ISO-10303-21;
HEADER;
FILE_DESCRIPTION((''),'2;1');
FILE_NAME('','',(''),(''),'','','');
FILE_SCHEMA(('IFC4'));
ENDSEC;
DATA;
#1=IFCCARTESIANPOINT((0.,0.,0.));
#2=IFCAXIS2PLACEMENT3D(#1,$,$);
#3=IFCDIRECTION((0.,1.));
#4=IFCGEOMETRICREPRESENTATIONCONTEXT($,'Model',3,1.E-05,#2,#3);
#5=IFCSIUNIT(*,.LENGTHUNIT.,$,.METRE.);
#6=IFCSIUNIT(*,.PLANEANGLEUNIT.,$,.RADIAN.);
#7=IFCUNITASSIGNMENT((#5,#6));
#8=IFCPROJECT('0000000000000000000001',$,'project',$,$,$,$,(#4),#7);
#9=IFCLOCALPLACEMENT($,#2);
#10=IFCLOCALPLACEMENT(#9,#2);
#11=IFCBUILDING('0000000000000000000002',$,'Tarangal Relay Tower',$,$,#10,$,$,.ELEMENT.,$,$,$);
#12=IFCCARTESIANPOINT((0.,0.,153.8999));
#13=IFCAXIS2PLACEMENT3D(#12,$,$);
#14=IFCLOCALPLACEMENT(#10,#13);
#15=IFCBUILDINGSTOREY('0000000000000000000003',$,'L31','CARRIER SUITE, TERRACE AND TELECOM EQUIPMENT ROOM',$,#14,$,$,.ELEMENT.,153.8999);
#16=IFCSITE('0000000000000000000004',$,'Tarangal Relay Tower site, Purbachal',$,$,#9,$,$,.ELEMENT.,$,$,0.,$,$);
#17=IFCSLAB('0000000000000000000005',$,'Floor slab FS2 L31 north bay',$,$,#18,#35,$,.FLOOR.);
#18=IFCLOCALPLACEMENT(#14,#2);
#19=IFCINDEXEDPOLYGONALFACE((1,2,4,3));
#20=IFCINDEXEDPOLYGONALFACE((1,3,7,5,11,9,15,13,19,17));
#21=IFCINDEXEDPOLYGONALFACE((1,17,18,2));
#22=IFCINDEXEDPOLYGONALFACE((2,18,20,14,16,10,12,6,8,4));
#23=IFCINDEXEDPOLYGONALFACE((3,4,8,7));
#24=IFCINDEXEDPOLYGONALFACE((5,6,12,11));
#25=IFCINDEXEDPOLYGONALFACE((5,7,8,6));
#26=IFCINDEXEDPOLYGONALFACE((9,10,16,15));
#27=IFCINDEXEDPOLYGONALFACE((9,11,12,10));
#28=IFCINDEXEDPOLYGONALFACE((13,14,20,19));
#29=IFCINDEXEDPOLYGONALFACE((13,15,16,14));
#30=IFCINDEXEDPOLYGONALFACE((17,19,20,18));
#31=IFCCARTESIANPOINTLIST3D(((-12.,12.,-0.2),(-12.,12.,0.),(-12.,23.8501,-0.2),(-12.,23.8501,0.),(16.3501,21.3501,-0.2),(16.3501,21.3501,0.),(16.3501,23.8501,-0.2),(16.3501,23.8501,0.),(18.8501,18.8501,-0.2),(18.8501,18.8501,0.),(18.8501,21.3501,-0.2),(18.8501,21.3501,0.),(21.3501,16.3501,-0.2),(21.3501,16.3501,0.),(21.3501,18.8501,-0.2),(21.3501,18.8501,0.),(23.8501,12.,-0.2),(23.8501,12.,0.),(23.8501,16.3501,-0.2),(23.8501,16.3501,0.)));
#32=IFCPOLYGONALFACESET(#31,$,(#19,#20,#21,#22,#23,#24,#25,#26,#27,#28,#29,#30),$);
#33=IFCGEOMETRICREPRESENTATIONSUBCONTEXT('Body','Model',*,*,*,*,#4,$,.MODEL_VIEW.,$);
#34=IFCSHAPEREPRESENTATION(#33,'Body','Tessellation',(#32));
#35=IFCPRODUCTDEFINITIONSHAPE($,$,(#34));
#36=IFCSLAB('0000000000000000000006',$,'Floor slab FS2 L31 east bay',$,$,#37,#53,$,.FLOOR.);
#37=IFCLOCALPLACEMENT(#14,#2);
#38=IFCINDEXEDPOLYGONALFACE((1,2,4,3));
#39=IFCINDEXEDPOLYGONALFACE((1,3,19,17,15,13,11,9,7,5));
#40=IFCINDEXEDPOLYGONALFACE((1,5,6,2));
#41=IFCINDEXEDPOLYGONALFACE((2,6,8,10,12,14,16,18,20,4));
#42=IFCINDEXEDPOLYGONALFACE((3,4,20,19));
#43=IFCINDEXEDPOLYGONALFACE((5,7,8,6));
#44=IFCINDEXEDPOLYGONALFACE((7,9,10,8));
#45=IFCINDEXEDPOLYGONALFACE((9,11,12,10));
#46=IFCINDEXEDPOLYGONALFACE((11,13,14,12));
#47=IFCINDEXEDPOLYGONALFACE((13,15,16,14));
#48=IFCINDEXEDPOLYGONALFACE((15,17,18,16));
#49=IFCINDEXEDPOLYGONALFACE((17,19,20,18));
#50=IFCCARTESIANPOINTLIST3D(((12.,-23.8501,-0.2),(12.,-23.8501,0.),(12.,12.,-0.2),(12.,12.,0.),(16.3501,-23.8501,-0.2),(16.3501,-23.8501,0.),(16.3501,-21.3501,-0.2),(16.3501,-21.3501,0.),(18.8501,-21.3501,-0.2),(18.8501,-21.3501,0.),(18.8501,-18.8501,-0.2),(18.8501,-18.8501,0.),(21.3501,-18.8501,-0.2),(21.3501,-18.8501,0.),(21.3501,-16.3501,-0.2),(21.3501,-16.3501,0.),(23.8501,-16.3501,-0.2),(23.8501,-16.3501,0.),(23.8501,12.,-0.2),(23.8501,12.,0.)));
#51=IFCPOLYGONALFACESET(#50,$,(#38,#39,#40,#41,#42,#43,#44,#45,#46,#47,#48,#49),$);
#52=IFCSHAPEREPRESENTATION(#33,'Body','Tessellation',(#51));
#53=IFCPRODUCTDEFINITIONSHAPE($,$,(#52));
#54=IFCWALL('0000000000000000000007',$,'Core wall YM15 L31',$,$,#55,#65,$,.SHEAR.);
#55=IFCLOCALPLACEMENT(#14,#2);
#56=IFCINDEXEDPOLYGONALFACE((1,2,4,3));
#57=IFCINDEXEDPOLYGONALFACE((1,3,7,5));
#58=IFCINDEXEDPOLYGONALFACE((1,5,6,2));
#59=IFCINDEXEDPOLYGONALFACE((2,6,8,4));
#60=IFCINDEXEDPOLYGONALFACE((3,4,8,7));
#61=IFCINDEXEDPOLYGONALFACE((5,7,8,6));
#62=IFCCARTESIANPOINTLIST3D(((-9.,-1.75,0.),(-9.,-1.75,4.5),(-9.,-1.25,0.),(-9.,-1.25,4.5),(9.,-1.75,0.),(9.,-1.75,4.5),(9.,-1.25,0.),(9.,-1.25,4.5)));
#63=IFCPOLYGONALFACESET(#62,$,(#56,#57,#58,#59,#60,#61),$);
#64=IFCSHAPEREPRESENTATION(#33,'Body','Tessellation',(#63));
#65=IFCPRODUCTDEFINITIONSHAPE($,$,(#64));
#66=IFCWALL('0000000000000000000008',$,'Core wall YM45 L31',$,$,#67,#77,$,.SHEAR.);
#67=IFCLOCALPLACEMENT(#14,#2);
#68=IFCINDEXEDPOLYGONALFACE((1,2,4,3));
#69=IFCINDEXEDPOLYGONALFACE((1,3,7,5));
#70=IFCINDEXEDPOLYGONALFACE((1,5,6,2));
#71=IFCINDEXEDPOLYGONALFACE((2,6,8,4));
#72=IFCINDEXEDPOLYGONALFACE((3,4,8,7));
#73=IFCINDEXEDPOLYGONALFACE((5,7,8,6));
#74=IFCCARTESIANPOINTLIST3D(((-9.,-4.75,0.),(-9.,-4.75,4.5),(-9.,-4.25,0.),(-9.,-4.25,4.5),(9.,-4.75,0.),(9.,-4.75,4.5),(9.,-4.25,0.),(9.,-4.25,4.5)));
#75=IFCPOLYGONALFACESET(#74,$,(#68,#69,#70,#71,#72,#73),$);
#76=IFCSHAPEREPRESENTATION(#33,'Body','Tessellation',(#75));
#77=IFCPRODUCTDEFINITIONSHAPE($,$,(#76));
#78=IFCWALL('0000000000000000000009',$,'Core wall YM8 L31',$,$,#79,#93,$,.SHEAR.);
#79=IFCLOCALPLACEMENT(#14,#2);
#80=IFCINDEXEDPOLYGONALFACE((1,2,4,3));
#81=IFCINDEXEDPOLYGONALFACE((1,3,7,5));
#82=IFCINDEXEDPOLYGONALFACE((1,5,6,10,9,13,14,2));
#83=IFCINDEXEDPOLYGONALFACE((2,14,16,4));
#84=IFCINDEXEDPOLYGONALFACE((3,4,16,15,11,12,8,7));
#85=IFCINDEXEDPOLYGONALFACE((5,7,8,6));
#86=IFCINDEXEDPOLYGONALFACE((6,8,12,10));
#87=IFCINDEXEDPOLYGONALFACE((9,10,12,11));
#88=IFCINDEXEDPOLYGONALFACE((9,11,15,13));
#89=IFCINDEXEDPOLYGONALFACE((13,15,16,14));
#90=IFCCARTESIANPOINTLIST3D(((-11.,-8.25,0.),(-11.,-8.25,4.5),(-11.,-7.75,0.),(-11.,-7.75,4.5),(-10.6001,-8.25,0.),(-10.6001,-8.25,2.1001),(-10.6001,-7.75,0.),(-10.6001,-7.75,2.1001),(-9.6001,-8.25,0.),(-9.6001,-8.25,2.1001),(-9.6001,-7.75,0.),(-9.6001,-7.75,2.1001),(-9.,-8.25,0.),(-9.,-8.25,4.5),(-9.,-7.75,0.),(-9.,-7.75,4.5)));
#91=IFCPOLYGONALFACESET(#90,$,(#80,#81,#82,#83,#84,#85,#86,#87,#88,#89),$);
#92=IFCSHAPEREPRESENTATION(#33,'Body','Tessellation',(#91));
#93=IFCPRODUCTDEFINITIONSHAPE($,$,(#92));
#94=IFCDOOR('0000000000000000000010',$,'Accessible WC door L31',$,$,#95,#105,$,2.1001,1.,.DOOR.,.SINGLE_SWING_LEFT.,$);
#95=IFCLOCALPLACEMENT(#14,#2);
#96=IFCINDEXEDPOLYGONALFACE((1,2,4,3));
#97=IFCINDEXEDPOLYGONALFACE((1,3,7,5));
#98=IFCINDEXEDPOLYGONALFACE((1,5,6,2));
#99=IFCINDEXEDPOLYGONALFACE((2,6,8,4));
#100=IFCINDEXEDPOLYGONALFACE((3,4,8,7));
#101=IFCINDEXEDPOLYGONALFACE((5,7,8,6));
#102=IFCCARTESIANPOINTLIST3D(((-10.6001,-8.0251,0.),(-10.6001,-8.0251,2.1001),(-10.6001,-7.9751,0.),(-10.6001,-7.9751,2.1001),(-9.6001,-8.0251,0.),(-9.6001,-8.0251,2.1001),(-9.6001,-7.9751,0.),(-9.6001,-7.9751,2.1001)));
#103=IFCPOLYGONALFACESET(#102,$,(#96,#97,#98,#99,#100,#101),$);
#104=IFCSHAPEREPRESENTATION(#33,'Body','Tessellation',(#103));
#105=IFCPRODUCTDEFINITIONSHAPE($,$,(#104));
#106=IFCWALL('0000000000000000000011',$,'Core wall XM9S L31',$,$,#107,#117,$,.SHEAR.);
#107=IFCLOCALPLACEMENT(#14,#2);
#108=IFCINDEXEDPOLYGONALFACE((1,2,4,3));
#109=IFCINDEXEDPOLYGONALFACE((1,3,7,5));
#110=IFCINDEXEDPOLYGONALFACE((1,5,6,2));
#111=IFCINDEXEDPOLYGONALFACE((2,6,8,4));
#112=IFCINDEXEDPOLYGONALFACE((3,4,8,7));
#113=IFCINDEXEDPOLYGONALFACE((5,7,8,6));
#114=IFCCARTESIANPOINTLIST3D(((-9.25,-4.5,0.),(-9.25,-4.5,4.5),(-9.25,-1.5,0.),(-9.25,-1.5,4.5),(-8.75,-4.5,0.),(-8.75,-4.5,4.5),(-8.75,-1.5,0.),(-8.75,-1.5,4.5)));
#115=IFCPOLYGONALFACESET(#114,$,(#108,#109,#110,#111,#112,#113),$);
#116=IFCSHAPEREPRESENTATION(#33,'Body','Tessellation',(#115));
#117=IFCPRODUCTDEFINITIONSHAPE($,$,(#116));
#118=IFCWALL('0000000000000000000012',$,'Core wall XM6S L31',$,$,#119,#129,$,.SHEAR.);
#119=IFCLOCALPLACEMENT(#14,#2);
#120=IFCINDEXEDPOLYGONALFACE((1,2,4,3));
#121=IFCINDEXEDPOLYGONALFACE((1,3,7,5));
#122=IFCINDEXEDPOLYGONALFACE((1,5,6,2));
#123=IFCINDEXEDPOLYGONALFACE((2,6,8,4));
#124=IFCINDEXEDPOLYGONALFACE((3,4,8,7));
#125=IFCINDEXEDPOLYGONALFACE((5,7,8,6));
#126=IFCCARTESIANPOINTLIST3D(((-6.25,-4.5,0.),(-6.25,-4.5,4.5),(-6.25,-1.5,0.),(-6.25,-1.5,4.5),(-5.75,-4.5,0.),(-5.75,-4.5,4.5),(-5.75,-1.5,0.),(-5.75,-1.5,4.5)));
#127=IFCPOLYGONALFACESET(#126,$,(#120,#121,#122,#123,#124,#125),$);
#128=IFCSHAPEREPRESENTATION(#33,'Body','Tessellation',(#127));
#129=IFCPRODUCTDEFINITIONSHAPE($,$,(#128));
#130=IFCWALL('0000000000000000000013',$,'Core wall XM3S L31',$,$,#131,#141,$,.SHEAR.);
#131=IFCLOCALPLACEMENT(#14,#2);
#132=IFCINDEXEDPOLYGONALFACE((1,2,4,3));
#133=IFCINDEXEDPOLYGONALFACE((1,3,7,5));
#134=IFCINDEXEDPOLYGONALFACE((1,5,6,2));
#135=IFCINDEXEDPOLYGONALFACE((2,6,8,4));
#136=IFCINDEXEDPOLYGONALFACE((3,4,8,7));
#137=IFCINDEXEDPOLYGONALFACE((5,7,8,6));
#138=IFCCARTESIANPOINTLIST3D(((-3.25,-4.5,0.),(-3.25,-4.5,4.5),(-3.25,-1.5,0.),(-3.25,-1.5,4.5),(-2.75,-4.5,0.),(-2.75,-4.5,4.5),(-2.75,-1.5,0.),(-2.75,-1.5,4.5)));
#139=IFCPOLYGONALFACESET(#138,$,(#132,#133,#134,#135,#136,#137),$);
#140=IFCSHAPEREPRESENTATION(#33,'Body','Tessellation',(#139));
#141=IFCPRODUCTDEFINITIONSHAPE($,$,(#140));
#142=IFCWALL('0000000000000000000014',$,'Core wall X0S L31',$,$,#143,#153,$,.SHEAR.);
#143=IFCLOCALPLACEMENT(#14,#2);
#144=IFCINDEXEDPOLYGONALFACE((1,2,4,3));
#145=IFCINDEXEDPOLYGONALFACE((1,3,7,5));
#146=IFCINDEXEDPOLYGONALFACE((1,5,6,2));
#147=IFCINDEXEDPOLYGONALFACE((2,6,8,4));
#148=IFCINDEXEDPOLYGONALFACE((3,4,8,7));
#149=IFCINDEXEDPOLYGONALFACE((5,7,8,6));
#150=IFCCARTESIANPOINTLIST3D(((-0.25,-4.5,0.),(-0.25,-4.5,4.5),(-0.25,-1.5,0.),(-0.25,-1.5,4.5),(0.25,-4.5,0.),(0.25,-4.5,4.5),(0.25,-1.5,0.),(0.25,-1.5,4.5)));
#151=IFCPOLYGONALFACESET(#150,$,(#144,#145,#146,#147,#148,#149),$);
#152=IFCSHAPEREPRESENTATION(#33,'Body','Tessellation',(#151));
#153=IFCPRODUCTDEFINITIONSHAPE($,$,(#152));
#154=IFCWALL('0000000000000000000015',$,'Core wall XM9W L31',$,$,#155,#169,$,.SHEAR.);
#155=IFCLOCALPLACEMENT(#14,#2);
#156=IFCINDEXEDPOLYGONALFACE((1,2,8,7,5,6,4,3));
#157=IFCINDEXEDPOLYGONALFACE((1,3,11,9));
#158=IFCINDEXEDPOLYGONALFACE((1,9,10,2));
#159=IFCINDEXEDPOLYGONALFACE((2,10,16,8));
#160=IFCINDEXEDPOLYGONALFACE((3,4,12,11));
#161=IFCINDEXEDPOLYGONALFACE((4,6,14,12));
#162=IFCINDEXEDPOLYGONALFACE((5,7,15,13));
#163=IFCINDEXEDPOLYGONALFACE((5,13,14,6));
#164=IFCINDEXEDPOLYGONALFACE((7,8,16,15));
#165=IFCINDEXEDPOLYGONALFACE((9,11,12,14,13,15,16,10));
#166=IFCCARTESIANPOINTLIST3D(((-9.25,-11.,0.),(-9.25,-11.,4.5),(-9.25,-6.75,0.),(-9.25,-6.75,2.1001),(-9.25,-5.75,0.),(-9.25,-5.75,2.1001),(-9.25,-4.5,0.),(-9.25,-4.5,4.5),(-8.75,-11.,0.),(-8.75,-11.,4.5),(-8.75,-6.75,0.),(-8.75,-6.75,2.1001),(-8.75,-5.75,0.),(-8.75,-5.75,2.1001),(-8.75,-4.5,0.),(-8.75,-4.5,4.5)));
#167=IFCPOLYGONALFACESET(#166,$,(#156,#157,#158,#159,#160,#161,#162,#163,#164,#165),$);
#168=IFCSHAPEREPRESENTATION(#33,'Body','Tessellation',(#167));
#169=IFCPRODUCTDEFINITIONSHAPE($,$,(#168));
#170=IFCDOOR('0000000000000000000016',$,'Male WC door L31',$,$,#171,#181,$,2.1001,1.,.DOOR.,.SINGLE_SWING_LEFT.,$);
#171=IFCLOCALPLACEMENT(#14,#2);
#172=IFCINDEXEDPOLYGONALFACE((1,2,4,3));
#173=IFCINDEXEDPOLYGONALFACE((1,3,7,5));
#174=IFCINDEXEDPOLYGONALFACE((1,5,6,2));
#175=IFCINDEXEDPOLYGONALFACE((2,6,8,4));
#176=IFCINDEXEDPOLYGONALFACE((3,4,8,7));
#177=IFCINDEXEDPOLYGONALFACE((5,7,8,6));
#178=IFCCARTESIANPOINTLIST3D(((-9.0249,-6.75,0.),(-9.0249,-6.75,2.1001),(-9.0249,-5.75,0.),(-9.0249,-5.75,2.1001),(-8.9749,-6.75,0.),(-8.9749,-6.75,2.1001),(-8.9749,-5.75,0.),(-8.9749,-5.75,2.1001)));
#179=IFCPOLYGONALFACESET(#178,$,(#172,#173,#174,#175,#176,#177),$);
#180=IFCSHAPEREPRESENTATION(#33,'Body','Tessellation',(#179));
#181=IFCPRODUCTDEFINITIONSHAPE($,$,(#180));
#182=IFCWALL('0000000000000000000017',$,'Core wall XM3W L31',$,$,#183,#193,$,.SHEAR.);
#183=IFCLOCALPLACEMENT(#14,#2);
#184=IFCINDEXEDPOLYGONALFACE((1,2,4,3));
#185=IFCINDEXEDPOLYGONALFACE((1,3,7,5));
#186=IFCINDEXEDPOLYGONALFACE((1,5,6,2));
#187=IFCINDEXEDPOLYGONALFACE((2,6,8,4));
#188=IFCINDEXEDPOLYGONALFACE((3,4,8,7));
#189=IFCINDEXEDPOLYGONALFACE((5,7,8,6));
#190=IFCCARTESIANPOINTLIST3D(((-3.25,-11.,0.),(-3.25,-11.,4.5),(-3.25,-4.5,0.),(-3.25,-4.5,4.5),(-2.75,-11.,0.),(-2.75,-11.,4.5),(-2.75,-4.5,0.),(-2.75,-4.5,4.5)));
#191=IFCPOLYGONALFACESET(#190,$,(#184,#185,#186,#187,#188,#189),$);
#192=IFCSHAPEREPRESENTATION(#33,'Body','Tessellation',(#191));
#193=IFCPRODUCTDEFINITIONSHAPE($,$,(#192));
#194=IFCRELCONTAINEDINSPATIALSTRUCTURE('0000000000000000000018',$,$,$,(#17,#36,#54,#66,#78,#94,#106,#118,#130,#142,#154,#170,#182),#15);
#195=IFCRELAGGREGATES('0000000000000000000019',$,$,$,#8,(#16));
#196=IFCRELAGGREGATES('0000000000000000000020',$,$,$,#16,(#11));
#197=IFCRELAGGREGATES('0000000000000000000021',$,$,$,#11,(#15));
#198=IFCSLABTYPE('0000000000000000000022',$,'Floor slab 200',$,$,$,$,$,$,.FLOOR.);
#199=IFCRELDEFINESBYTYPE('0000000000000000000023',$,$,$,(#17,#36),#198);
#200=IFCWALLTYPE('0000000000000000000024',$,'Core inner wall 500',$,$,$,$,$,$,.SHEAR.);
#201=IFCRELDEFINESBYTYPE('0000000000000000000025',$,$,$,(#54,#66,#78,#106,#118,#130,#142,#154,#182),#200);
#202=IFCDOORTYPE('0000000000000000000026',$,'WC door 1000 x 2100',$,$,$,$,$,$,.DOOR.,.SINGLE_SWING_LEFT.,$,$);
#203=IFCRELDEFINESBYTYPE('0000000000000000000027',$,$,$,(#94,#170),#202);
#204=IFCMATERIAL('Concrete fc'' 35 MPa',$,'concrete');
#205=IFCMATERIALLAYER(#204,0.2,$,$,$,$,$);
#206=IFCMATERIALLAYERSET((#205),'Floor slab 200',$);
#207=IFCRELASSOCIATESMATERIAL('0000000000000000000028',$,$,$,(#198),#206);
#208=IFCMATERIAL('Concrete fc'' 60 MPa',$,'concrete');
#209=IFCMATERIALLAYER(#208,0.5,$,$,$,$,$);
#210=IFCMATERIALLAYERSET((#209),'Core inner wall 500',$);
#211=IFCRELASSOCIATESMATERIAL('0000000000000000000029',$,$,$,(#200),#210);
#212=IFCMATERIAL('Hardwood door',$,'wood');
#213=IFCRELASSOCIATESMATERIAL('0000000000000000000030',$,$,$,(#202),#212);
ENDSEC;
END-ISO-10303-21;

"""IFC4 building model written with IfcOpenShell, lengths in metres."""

from ifc_helpers import new_model, si_unit, direction, frame, frame_2d, origin, place, context, subcontext, project, spatial, polyline, rectangle, outline, extrude, material, layer, layer_set, type_object, element, fill, save


model = new_model("IFC4")

# Units and contexts
model_context = context("Model", 3, precision=1e-05, world=origin(), true_north=direction((0.0, 1.0)))
body_context = subcontext(model_context, "Body", "Model", "MODEL_VIEW")
ifc_project = project(units=[si_unit("LENGTHUNIT", "METRE"), si_unit("PLANEANGLEUNIT", "RADIAN")], contexts=[model_context])

# Site, building, storey
site_placement = place(None, origin())
site = spatial("IfcSite", under=ifc_project, at=site_placement, Name="Tarangal Relay Tower site, Purbachal", CompositionType="ELEMENT", RefElevation=0.0)
building_placement = place(site_placement, origin())
building = spatial("IfcBuilding", under=site, at=building_placement, Name="Tarangal Relay Tower", CompositionType="ELEMENT")
storey_placement = place(building_placement, frame((0.0, 0.0, 153.8999)))
storey = spatial("IfcBuildingStorey", under=building, at=storey_placement, Name="L31", Description="CARRIER SUITE, TERRACE AND TELECOM EQUIPMENT ROOM", CompositionType="ELEMENT", Elevation=153.8999)

# Slabs
ifc_material_1 = material(Name="Concrete fc' 35 MPa", Category="concrete")
ifc_layer_1 = layer(ifc_material_1, 0.2)
ifc_layer_set_1 = layer_set([ifc_layer_1], Name="Floor slab 200")
slab_type = type_object("IfcSlabType", Name="Floor slab 200", PredefinedType="FLOOR", material=ifc_layer_set_1)
slab_1_placement = place(storey_placement, frame((0.0, 0.0, -0.2)))
element("IfcSlab", 1, at=slab_1_placement, inside=storey, type_object=slab_type, Name="Floor slab FS2 L31 north bay", PredefinedType="FLOOR", context=body_context, shape_type="SweptSolid", body=[
    extrude(outline(polyline([(16.3501, 23.8501), (16.3501, 21.3501), (18.8501, 21.3501), (18.8501, 18.8501), (21.3501, 18.8501), (21.3501, 16.3501), (23.8501, 16.3501), (23.8501, 12.0), (-12.0, 12.0), (-12.0, 23.8501), (16.3501, 23.8501)])), origin(), (0.0, 0.0, 1.0), 0.2),
])
slab_2_placement = place(storey_placement, frame((0.0, 0.0, -0.2)))
element("IfcSlab", 2, at=slab_2_placement, inside=storey, type_object=slab_type, Name="Floor slab FS2 L31 east bay", PredefinedType="FLOOR", context=body_context, shape_type="SweptSolid", body=[
    extrude(outline(polyline([(23.8501, -16.3501), (21.3501, -16.3501), (21.3501, -18.8501), (18.8501, -18.8501), (18.8501, -21.3501), (16.3501, -21.3501), (16.3501, -23.8501), (12.0, -23.8501), (12.0, 12.0), (23.8501, 12.0), (23.8501, -16.3501)])), origin(), (0.0, 0.0, 1.0), 0.2),
])

# Walls
ifc_material_2 = material(Name="Concrete fc' 60 MPa", Category="concrete")
ifc_layer_2 = layer(ifc_material_2, 0.5)
ifc_layer_set_2 = layer_set([ifc_layer_2], Name="Core inner wall 500")
wall_type_1 = type_object("IfcWallType", Name="Core inner wall 500", PredefinedType="SHEAR", material=ifc_layer_set_2)
for number, where, z_axis, x_axis, name in (
    (3, (-9.0, -1.5, 0.0), (0.0, 0.0, 1.0), (1.0, 0.0, 0.0), "Core wall YM15 L31"),
    (4, (-9.0, -4.5, 0.0), (0.0, 0.0, 1.0), (1.0, 0.0, 0.0), "Core wall YM45 L31"),
):
    element("IfcWall", number, at=place(storey_placement, frame(where, z_axis=z_axis, x_axis=x_axis)), inside=storey, type_object=wall_type_1, Name=name, PredefinedType="SHEAR", context=body_context, shape_type="SweptSolid", body=[
        extrude(rectangle(XDim=18.0, YDim=0.5, at=frame_2d((9.0, 0.0))), origin(), (0.0, 0.0, 1.0), 4.5),
    ])

# Wall, opening, door
wall_1_placement = place(storey_placement, frame((-11.0, -8.0, 0.0), z_axis=(0.0, 0.0, 1.0), x_axis=(1.0, 0.0, 0.0)))
wall_1 = element("IfcWall", 5, at=wall_1_placement, inside=storey, type_object=wall_type_1, Name="Core wall YM8 L31", PredefinedType="SHEAR", context=body_context, shape_type="SweptSolid", body=[
    extrude(rectangle(XDim=2.0, YDim=0.5, at=frame_2d((1.0, 0.0))), origin(), (0.0, 0.0, 1.0), 4.5),
])
opening_1_placement = place(wall_1_placement, frame((0.3999, 0.0, 0.0)))
opening_1 = element("IfcOpeningElement", 6, at=opening_1_placement, cuts=wall_1, PredefinedType="OPENING", context=body_context, shape_type="SweptSolid", body=[
    extrude(rectangle(XDim=1.0, YDim=2.1001, at=frame_2d((0.5, 1.05))), frame((0.0, 0.26, 0.0), z_axis=(0.0, -1.0, 0.0), x_axis=(1.0, 0.0, 0.0)), (0.0, 0.0, 1.0), 0.52),
])
ifc_material_3 = material(Name="Hardwood door", Category="wood")
door_type_1 = type_object("IfcDoorType", Name="WC door 1000 x 2100", OperationType="SINGLE_SWING_LEFT", PredefinedType="DOOR", material=ifc_material_3)
door_1_placement = place(opening_1_placement, origin())
door_1 = element("IfcDoor", 7, at=door_1_placement, inside=storey, type_object=door_type_1, Name="Accessible WC door L31", OperationType="SINGLE_SWING_LEFT", OverallHeight=2.1001, OverallWidth=1.0, PredefinedType="DOOR", context=body_context, shape_type="SweptSolid", body=[
    extrude(rectangle(XDim=1.0, YDim=2.1001, at=frame_2d((0.5, 1.05))), frame((0.0, 0.0249, 0.0), z_axis=(0.0, -1.0, 0.0), x_axis=(1.0, 0.0, 0.0)), (0.0, 0.0, 1.0), 0.05),
])
fill(opening_1, door_1)

# Walls
for number, where, z_axis, x_axis, name in (
    (8, (-9.0, -4.5, 0.0), (0.0, 0.0, 1.0), (0.0, 1.0, 0.0), "Core wall XM9S L31"),
    (9, (-6.0, -4.5, 0.0), (0.0, 0.0, 1.0), (0.0, 1.0, 0.0), "Core wall XM6S L31"),
    (10, (-3.0, -4.5, 0.0), (0.0, 0.0, 1.0), (0.0, 1.0, 0.0), "Core wall XM3S L31"),
    (11, (0.0, -4.5, 0.0), (0.0, 0.0, 1.0), (0.0, 1.0, 0.0), "Core wall X0S L31"),
):
    element("IfcWall", number, at=place(storey_placement, frame(where, z_axis=z_axis, x_axis=x_axis)), inside=storey, type_object=wall_type_1, Name=name, PredefinedType="SHEAR", context=body_context, shape_type="SweptSolid", body=[
        extrude(rectangle(XDim=3.0, YDim=0.5, at=frame_2d((1.5, 0.0))), origin(), (0.0, 0.0, 1.0), 4.5),
    ])

# Wall, opening, door
wall_2_placement = place(storey_placement, frame((-9.0, -11.0, 0.0), z_axis=(0.0, 0.0, 1.0), x_axis=(0.0, 1.0, 0.0)))
wall_2 = element("IfcWall", 12, at=wall_2_placement, inside=storey, type_object=wall_type_1, Name="Core wall XM9W L31", PredefinedType="SHEAR", context=body_context, shape_type="SweptSolid", body=[
    extrude(rectangle(XDim=6.5, YDim=0.5, at=frame_2d((3.25, 0.0))), origin(), (0.0, 0.0, 1.0), 4.5),
])
opening_2_placement = place(wall_2_placement, frame((4.25, 0.0, 0.0)))
opening_2 = element("IfcOpeningElement", 13, at=opening_2_placement, cuts=wall_2, PredefinedType="OPENING", context=body_context, shape_type="SweptSolid", body=[
    extrude(rectangle(XDim=1.0, YDim=2.1001, at=frame_2d((0.5, 1.05))), frame((0.0, 0.26, 0.0), z_axis=(0.0, -1.0, 0.0), x_axis=(1.0, 0.0, 0.0)), (0.0, 0.0, 1.0), 0.52),
])
door_2_placement = place(opening_2_placement, origin())
door_2 = element("IfcDoor", 14, at=door_2_placement, inside=storey, type_object=door_type_1, Name="Male WC door L31", OperationType="SINGLE_SWING_LEFT", OverallHeight=2.1001, OverallWidth=1.0, PredefinedType="DOOR", context=body_context, shape_type="SweptSolid", body=[
    extrude(rectangle(XDim=1.0, YDim=2.1001, at=frame_2d((0.5, 1.05))), frame((0.0, 0.0249, 0.0), z_axis=(0.0, -1.0, 0.0), x_axis=(1.0, 0.0, 0.0)), (0.0, 0.0, 1.0), 0.05),
])
fill(opening_2, door_2)

# Wall
wall_3_placement = place(storey_placement, frame((-3.0, -11.0, 0.0), z_axis=(0.0, 0.0, 1.0), x_axis=(0.0, 1.0, 0.0)))
element("IfcWall", 15, at=wall_3_placement, inside=storey, type_object=wall_type_1, Name="Core wall XM3W L31", PredefinedType="SHEAR", context=body_context, shape_type="SweptSolid", body=[
    extrude(rectangle(XDim=6.5, YDim=0.5, at=frame_2d((3.25, 0.0))), origin(), (0.0, 0.0, 1.0), 4.5),
])

save(model, "model.ifc")
